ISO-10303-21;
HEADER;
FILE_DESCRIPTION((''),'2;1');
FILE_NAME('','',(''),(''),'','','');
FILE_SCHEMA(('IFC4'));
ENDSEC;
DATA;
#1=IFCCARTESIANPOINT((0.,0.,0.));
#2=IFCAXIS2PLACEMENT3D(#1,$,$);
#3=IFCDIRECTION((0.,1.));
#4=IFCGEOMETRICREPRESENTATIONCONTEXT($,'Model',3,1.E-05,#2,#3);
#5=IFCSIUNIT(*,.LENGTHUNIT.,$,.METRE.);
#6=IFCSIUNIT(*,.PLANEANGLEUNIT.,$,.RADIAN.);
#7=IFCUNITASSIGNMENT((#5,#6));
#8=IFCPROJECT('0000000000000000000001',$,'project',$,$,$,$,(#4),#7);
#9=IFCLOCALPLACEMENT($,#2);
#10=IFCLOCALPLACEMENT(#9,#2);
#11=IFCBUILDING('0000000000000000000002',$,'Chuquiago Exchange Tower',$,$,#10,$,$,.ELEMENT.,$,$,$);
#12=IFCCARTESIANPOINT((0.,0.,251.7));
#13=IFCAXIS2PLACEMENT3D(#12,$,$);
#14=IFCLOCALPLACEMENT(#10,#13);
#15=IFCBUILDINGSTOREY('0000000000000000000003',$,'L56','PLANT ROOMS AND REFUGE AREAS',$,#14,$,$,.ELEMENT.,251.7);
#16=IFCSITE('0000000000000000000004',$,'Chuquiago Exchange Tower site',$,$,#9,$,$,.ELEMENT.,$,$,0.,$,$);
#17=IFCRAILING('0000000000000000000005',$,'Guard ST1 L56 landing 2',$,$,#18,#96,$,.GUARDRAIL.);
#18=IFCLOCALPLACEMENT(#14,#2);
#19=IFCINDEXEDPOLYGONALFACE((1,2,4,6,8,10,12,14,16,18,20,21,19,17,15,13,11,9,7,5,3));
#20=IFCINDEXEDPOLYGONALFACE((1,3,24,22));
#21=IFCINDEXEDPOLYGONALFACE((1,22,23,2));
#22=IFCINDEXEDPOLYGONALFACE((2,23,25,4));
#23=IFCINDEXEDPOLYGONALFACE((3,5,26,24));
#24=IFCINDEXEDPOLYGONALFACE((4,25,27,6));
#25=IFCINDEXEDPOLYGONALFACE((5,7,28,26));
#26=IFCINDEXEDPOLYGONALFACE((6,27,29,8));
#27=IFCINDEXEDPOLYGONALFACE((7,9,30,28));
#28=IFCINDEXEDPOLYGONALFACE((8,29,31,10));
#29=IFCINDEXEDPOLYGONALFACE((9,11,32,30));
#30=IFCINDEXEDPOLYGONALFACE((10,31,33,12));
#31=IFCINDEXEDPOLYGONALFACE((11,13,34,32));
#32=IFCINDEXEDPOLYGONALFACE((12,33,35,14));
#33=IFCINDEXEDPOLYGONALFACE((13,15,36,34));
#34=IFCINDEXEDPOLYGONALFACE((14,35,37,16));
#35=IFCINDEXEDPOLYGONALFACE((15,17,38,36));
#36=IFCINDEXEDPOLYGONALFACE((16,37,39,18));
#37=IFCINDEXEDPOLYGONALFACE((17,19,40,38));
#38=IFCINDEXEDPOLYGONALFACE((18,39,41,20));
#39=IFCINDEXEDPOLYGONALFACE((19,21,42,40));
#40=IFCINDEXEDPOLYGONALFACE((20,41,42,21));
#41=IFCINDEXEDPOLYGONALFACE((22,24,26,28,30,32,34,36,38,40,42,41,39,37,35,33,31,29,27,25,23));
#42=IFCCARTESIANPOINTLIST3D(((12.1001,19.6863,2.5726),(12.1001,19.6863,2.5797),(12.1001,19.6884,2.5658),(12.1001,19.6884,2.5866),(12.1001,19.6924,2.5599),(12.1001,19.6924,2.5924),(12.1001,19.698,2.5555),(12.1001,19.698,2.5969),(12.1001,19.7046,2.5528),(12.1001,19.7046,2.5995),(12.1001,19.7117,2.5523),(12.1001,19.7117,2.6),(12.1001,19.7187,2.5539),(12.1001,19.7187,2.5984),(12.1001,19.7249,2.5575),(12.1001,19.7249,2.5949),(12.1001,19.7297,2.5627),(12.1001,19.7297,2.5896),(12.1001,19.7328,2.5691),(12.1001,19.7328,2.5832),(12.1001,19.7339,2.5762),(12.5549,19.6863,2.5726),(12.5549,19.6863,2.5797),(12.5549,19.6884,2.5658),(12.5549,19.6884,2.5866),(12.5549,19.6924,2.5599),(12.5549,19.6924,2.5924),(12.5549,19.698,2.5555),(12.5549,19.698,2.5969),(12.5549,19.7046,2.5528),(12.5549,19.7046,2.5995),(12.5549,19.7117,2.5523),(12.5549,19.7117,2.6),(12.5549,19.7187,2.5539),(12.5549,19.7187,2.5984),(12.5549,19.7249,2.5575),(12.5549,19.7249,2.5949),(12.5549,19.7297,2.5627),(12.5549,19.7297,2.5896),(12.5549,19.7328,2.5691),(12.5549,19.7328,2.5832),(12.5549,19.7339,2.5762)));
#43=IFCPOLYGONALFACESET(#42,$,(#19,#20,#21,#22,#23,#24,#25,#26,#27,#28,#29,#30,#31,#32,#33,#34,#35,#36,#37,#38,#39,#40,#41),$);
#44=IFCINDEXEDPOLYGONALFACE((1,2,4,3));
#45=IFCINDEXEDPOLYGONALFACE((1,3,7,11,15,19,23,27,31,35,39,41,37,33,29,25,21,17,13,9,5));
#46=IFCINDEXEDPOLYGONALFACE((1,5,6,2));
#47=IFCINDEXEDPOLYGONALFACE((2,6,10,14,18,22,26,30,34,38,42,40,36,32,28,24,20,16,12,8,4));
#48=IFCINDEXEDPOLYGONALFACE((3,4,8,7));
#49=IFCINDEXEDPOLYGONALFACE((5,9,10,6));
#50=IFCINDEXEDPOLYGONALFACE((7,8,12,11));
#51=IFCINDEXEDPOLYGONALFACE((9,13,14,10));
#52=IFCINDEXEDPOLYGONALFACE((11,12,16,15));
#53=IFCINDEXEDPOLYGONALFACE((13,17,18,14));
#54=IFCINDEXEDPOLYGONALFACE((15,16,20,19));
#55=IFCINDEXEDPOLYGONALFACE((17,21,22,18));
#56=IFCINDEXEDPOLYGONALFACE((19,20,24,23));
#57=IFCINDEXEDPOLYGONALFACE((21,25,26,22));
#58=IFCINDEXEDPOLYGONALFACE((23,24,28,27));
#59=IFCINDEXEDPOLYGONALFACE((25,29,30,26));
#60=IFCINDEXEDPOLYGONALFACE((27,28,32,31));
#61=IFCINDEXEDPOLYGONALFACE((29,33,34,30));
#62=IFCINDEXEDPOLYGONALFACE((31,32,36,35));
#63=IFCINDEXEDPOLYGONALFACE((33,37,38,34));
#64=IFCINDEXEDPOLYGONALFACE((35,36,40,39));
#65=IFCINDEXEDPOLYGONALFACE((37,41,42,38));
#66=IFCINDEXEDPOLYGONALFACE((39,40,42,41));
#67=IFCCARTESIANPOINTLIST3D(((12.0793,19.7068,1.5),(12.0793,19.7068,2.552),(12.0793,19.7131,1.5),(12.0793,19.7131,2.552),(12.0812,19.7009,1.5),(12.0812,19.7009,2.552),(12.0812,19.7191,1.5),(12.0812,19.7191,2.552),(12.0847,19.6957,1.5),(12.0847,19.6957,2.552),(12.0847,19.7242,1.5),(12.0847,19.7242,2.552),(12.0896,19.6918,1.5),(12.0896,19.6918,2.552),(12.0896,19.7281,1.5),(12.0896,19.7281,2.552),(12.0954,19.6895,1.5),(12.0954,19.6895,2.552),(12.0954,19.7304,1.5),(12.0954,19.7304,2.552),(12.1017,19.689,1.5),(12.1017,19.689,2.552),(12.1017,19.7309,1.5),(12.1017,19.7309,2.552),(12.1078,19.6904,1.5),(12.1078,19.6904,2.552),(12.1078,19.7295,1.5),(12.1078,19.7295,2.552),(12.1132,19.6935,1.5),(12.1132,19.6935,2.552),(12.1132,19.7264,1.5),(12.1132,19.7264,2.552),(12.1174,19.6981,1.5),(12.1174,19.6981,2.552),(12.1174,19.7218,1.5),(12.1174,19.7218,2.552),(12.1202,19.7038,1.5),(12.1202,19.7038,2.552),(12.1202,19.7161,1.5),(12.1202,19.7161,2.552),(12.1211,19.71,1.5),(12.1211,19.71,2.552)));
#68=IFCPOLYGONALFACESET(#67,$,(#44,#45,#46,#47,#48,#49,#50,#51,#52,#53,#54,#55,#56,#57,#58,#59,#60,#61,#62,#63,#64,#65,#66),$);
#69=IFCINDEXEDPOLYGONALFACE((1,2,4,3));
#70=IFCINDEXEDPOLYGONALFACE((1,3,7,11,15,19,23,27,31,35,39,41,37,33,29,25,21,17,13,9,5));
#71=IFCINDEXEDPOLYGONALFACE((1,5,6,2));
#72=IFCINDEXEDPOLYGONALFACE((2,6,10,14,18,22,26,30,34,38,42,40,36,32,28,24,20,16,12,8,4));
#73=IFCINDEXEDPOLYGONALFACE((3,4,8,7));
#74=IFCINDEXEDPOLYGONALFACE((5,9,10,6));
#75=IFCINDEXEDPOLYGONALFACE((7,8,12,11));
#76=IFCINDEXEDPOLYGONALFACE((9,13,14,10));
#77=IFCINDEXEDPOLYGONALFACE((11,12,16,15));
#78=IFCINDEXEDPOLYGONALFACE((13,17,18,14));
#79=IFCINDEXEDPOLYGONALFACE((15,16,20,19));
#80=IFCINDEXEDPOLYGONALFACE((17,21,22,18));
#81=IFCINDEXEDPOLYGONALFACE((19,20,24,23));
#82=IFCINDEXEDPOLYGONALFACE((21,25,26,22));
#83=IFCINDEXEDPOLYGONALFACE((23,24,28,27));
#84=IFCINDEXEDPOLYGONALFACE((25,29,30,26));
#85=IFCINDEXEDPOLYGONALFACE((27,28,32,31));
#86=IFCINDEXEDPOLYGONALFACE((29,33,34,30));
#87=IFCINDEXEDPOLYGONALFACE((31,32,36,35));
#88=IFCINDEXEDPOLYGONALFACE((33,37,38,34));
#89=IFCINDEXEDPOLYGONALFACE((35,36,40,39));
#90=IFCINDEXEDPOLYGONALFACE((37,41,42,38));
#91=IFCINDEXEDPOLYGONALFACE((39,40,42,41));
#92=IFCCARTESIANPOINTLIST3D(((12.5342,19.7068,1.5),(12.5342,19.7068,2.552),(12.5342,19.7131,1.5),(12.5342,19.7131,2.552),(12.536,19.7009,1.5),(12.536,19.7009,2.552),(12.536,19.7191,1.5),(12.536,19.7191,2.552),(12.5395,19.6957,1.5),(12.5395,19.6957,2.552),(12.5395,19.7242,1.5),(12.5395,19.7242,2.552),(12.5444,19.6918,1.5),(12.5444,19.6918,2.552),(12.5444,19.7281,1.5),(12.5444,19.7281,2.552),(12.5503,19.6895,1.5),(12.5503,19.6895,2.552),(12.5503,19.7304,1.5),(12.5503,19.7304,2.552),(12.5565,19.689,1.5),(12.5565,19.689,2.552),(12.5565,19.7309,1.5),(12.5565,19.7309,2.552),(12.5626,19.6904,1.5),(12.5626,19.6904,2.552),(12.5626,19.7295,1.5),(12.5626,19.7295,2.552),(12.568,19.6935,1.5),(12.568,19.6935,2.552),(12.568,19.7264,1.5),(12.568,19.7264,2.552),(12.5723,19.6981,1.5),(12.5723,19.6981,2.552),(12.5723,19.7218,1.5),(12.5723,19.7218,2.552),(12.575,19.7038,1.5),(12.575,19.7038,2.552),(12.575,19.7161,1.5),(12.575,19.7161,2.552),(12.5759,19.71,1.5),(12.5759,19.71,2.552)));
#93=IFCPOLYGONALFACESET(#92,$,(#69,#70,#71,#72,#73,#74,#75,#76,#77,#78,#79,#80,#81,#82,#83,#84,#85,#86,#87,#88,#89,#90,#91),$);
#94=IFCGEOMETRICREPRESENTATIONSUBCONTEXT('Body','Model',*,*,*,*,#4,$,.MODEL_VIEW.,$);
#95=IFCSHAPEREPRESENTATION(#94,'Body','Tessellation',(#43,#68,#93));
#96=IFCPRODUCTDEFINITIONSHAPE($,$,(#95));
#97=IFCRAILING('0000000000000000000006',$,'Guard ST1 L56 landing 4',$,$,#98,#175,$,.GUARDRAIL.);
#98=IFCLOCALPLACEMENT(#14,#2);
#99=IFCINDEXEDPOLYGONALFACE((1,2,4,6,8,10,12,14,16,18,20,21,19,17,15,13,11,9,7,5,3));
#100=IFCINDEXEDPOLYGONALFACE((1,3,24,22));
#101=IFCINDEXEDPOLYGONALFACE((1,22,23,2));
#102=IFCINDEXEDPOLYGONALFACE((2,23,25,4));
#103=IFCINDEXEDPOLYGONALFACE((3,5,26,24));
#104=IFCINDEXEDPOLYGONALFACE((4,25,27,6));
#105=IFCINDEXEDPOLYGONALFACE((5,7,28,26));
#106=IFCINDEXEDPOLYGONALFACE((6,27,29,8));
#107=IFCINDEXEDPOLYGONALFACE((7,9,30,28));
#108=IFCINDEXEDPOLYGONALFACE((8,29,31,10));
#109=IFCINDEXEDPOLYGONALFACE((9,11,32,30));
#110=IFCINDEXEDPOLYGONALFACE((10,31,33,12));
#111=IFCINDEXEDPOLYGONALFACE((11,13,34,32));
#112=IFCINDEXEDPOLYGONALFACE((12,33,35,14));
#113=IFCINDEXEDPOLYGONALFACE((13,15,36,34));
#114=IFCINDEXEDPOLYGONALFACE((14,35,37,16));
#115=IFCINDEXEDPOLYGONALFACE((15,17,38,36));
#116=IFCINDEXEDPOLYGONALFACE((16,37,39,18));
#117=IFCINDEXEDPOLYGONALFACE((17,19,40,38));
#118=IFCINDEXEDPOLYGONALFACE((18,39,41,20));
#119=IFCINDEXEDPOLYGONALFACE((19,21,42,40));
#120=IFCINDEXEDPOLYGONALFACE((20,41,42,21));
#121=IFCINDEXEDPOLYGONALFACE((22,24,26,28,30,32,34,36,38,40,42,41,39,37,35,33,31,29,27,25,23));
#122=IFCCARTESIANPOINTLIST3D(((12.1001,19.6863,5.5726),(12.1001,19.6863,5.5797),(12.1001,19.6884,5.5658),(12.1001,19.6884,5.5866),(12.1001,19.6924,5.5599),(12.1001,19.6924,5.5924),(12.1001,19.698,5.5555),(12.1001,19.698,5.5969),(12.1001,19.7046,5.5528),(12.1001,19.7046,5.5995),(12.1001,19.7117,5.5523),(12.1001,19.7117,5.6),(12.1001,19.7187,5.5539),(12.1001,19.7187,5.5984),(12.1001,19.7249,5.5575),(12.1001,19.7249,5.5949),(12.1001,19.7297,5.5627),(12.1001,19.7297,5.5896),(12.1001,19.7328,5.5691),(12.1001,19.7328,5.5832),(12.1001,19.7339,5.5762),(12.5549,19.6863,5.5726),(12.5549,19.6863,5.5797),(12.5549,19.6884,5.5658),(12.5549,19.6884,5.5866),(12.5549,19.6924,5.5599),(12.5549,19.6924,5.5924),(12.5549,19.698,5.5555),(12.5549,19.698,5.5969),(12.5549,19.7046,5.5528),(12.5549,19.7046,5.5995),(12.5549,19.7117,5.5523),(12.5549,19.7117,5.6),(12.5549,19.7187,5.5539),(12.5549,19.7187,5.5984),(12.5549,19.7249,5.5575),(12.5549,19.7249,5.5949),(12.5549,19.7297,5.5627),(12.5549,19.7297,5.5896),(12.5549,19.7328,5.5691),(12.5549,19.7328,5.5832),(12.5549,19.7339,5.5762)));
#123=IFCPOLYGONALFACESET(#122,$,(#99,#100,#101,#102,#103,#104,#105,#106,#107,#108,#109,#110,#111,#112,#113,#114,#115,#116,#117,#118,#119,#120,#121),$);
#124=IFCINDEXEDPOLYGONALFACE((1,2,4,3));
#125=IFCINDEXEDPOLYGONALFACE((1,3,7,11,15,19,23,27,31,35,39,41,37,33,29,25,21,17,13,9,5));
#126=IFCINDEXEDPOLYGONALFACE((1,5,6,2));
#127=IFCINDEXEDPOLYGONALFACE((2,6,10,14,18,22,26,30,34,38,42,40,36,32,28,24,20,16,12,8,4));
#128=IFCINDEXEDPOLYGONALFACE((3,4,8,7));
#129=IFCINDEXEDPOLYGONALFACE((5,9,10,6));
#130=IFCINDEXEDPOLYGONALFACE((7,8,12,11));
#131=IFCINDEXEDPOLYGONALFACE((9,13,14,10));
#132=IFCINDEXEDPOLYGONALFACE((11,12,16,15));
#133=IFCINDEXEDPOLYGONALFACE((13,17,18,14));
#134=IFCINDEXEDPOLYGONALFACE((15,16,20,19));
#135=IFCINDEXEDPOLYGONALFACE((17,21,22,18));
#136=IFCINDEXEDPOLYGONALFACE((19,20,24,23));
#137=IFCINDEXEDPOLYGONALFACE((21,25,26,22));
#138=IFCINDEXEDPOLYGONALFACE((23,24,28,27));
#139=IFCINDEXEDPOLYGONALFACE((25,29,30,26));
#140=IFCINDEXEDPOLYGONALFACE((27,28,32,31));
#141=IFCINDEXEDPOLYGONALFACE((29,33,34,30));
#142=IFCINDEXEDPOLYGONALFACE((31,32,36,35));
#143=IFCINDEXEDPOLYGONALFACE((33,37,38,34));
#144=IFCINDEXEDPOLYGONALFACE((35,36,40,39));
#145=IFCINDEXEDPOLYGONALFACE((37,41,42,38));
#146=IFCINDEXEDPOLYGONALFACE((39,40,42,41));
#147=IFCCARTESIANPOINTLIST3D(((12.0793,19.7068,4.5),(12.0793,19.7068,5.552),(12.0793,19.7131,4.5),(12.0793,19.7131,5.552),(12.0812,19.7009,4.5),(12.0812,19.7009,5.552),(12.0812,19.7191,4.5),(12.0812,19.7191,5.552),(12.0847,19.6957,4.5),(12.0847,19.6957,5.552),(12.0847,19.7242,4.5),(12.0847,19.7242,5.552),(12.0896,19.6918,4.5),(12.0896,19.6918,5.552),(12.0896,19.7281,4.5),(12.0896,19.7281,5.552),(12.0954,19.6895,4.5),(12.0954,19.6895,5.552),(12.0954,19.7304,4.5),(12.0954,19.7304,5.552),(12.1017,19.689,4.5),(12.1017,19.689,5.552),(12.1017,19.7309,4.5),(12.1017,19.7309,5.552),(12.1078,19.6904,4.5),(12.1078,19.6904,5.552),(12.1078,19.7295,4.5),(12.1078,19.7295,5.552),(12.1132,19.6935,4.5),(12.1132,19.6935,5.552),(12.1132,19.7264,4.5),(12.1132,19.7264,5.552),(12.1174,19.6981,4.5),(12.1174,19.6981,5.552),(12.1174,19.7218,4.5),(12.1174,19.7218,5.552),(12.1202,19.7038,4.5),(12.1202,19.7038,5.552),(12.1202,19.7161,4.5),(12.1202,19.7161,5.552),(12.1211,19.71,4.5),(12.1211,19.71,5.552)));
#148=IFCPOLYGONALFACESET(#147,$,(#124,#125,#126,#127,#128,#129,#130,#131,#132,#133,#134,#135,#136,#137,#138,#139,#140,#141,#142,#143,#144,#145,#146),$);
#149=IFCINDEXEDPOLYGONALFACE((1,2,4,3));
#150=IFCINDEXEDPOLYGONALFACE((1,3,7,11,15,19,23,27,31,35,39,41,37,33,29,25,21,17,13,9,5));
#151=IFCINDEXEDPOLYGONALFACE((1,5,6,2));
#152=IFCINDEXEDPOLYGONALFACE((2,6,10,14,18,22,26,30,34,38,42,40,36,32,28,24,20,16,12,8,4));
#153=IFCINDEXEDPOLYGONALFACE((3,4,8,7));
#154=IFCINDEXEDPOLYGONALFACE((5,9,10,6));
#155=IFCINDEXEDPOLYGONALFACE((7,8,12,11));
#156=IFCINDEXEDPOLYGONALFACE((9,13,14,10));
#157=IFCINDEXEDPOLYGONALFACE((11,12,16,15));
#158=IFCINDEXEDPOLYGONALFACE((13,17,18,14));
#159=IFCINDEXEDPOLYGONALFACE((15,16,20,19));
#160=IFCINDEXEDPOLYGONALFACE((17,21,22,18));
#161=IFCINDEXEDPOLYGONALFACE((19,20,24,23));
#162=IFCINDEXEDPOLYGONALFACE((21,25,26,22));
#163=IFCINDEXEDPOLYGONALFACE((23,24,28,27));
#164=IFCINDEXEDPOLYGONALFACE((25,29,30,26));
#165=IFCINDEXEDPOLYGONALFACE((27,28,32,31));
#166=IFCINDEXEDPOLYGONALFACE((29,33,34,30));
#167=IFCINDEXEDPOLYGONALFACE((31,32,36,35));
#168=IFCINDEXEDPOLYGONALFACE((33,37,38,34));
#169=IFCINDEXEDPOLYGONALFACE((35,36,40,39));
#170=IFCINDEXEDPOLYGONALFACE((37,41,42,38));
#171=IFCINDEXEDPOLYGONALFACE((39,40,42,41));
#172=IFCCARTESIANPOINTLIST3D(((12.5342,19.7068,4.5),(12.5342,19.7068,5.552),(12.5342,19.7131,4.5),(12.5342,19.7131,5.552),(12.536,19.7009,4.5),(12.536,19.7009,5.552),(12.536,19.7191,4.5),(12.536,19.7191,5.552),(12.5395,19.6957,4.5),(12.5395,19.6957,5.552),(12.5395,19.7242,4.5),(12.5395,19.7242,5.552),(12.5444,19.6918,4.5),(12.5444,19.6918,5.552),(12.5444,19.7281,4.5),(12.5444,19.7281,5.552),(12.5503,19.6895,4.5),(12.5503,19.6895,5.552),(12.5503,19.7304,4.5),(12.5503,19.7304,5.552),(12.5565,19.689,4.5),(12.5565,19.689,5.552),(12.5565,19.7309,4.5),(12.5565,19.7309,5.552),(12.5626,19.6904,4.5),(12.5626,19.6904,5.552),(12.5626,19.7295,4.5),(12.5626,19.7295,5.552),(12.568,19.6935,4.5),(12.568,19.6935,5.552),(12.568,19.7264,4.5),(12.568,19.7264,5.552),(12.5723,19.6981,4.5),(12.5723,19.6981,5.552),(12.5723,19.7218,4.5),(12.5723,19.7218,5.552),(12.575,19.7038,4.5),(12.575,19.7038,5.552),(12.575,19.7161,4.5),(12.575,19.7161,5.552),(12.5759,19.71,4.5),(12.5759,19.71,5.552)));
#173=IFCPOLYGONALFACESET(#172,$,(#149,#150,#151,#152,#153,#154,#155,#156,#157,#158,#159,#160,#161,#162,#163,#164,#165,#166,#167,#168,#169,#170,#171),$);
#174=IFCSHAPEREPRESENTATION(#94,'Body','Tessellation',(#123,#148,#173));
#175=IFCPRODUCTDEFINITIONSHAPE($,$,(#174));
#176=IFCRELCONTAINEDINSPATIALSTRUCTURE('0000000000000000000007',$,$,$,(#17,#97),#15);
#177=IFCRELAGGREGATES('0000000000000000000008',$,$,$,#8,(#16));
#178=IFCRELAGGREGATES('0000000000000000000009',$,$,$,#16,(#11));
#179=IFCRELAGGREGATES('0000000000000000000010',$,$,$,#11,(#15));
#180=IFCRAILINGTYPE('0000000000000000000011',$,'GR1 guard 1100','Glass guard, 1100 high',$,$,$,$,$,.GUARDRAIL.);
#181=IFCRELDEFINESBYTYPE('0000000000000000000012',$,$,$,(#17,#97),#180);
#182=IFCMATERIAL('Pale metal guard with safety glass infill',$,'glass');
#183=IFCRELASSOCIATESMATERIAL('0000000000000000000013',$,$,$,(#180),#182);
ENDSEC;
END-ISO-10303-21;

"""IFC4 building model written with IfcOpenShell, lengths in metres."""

from ifc_helpers import new_model, si_unit, direction, frame, origin, origin_2d, place, context, subcontext, project, spatial, circle, extrude, material, type_object, element, save


model = new_model("IFC4")

# Units and contexts
model_context = context("Model", 3, precision=1e-05, world=origin(), true_north=direction((0.0, 1.0)))
body_context = subcontext(model_context, "Body", "Model", "MODEL_VIEW")
ifc_project = project(units=[si_unit("LENGTHUNIT", "METRE"), si_unit("PLANEANGLEUNIT", "RADIAN")], contexts=[model_context])

# Site, building, storey
site_placement = place(None, origin())
site = spatial("IfcSite", under=ifc_project, at=site_placement, Name="Chuquiago Exchange Tower site", CompositionType="ELEMENT", RefElevation=0.0)
building_placement = place(site_placement, origin())
building = spatial("IfcBuilding", under=site, at=building_placement, Name="Chuquiago Exchange Tower", CompositionType="ELEMENT")
storey_placement = place(building_placement, frame((0.0, 0.0, 251.7)))
storey = spatial("IfcBuildingStorey", under=building, at=storey_placement, Name="L56", Description="PLANT ROOMS AND REFUGE AREAS", CompositionType="ELEMENT", Elevation=251.7)

# Railings
ifc_material_1 = material(Name="Pale metal guard with safety glass infill", Category="glass")
railing_type_1 = type_object("IfcRailingType", Name="GR1 guard 1100", Description="Glass guard, 1100 high", PredefinedType="GUARDRAIL", material=ifc_material_1)
for number, where, name in (
    (1, (12.1001, 19.71, 1.5), "Guard ST1 L56 landing 2"),
    (2, (12.1001, 19.71, 4.5), "Guard ST1 L56 landing 4"),
):
    element("IfcRailing", number, at=place(storey_placement, frame(where)), inside=storey, type_object=railing_type_1, Name=name, PredefinedType="GUARDRAIL", context=body_context, shape_type="SweptSolid", body=[
        extrude(circle(Radius=0.0239, at=origin_2d()), frame((0.0, 0.0, 1.0762), z_axis=(1.0, 0.0, 0.0), x_axis=(0.0, 1.0, 0.0)), (0.0, 0.0, 1.0), 0.4548),
        extrude(circle(Radius=0.021, at=origin_2d()), origin(), (0.0, 0.0, 1.0), 1.052),
        extrude(circle(Radius=0.021, at=origin_2d()), frame((0.4548, 0.0, 0.0)), (0.0, 0.0, 1.0), 1.052),
    ])

save(model, "model.ifc")
